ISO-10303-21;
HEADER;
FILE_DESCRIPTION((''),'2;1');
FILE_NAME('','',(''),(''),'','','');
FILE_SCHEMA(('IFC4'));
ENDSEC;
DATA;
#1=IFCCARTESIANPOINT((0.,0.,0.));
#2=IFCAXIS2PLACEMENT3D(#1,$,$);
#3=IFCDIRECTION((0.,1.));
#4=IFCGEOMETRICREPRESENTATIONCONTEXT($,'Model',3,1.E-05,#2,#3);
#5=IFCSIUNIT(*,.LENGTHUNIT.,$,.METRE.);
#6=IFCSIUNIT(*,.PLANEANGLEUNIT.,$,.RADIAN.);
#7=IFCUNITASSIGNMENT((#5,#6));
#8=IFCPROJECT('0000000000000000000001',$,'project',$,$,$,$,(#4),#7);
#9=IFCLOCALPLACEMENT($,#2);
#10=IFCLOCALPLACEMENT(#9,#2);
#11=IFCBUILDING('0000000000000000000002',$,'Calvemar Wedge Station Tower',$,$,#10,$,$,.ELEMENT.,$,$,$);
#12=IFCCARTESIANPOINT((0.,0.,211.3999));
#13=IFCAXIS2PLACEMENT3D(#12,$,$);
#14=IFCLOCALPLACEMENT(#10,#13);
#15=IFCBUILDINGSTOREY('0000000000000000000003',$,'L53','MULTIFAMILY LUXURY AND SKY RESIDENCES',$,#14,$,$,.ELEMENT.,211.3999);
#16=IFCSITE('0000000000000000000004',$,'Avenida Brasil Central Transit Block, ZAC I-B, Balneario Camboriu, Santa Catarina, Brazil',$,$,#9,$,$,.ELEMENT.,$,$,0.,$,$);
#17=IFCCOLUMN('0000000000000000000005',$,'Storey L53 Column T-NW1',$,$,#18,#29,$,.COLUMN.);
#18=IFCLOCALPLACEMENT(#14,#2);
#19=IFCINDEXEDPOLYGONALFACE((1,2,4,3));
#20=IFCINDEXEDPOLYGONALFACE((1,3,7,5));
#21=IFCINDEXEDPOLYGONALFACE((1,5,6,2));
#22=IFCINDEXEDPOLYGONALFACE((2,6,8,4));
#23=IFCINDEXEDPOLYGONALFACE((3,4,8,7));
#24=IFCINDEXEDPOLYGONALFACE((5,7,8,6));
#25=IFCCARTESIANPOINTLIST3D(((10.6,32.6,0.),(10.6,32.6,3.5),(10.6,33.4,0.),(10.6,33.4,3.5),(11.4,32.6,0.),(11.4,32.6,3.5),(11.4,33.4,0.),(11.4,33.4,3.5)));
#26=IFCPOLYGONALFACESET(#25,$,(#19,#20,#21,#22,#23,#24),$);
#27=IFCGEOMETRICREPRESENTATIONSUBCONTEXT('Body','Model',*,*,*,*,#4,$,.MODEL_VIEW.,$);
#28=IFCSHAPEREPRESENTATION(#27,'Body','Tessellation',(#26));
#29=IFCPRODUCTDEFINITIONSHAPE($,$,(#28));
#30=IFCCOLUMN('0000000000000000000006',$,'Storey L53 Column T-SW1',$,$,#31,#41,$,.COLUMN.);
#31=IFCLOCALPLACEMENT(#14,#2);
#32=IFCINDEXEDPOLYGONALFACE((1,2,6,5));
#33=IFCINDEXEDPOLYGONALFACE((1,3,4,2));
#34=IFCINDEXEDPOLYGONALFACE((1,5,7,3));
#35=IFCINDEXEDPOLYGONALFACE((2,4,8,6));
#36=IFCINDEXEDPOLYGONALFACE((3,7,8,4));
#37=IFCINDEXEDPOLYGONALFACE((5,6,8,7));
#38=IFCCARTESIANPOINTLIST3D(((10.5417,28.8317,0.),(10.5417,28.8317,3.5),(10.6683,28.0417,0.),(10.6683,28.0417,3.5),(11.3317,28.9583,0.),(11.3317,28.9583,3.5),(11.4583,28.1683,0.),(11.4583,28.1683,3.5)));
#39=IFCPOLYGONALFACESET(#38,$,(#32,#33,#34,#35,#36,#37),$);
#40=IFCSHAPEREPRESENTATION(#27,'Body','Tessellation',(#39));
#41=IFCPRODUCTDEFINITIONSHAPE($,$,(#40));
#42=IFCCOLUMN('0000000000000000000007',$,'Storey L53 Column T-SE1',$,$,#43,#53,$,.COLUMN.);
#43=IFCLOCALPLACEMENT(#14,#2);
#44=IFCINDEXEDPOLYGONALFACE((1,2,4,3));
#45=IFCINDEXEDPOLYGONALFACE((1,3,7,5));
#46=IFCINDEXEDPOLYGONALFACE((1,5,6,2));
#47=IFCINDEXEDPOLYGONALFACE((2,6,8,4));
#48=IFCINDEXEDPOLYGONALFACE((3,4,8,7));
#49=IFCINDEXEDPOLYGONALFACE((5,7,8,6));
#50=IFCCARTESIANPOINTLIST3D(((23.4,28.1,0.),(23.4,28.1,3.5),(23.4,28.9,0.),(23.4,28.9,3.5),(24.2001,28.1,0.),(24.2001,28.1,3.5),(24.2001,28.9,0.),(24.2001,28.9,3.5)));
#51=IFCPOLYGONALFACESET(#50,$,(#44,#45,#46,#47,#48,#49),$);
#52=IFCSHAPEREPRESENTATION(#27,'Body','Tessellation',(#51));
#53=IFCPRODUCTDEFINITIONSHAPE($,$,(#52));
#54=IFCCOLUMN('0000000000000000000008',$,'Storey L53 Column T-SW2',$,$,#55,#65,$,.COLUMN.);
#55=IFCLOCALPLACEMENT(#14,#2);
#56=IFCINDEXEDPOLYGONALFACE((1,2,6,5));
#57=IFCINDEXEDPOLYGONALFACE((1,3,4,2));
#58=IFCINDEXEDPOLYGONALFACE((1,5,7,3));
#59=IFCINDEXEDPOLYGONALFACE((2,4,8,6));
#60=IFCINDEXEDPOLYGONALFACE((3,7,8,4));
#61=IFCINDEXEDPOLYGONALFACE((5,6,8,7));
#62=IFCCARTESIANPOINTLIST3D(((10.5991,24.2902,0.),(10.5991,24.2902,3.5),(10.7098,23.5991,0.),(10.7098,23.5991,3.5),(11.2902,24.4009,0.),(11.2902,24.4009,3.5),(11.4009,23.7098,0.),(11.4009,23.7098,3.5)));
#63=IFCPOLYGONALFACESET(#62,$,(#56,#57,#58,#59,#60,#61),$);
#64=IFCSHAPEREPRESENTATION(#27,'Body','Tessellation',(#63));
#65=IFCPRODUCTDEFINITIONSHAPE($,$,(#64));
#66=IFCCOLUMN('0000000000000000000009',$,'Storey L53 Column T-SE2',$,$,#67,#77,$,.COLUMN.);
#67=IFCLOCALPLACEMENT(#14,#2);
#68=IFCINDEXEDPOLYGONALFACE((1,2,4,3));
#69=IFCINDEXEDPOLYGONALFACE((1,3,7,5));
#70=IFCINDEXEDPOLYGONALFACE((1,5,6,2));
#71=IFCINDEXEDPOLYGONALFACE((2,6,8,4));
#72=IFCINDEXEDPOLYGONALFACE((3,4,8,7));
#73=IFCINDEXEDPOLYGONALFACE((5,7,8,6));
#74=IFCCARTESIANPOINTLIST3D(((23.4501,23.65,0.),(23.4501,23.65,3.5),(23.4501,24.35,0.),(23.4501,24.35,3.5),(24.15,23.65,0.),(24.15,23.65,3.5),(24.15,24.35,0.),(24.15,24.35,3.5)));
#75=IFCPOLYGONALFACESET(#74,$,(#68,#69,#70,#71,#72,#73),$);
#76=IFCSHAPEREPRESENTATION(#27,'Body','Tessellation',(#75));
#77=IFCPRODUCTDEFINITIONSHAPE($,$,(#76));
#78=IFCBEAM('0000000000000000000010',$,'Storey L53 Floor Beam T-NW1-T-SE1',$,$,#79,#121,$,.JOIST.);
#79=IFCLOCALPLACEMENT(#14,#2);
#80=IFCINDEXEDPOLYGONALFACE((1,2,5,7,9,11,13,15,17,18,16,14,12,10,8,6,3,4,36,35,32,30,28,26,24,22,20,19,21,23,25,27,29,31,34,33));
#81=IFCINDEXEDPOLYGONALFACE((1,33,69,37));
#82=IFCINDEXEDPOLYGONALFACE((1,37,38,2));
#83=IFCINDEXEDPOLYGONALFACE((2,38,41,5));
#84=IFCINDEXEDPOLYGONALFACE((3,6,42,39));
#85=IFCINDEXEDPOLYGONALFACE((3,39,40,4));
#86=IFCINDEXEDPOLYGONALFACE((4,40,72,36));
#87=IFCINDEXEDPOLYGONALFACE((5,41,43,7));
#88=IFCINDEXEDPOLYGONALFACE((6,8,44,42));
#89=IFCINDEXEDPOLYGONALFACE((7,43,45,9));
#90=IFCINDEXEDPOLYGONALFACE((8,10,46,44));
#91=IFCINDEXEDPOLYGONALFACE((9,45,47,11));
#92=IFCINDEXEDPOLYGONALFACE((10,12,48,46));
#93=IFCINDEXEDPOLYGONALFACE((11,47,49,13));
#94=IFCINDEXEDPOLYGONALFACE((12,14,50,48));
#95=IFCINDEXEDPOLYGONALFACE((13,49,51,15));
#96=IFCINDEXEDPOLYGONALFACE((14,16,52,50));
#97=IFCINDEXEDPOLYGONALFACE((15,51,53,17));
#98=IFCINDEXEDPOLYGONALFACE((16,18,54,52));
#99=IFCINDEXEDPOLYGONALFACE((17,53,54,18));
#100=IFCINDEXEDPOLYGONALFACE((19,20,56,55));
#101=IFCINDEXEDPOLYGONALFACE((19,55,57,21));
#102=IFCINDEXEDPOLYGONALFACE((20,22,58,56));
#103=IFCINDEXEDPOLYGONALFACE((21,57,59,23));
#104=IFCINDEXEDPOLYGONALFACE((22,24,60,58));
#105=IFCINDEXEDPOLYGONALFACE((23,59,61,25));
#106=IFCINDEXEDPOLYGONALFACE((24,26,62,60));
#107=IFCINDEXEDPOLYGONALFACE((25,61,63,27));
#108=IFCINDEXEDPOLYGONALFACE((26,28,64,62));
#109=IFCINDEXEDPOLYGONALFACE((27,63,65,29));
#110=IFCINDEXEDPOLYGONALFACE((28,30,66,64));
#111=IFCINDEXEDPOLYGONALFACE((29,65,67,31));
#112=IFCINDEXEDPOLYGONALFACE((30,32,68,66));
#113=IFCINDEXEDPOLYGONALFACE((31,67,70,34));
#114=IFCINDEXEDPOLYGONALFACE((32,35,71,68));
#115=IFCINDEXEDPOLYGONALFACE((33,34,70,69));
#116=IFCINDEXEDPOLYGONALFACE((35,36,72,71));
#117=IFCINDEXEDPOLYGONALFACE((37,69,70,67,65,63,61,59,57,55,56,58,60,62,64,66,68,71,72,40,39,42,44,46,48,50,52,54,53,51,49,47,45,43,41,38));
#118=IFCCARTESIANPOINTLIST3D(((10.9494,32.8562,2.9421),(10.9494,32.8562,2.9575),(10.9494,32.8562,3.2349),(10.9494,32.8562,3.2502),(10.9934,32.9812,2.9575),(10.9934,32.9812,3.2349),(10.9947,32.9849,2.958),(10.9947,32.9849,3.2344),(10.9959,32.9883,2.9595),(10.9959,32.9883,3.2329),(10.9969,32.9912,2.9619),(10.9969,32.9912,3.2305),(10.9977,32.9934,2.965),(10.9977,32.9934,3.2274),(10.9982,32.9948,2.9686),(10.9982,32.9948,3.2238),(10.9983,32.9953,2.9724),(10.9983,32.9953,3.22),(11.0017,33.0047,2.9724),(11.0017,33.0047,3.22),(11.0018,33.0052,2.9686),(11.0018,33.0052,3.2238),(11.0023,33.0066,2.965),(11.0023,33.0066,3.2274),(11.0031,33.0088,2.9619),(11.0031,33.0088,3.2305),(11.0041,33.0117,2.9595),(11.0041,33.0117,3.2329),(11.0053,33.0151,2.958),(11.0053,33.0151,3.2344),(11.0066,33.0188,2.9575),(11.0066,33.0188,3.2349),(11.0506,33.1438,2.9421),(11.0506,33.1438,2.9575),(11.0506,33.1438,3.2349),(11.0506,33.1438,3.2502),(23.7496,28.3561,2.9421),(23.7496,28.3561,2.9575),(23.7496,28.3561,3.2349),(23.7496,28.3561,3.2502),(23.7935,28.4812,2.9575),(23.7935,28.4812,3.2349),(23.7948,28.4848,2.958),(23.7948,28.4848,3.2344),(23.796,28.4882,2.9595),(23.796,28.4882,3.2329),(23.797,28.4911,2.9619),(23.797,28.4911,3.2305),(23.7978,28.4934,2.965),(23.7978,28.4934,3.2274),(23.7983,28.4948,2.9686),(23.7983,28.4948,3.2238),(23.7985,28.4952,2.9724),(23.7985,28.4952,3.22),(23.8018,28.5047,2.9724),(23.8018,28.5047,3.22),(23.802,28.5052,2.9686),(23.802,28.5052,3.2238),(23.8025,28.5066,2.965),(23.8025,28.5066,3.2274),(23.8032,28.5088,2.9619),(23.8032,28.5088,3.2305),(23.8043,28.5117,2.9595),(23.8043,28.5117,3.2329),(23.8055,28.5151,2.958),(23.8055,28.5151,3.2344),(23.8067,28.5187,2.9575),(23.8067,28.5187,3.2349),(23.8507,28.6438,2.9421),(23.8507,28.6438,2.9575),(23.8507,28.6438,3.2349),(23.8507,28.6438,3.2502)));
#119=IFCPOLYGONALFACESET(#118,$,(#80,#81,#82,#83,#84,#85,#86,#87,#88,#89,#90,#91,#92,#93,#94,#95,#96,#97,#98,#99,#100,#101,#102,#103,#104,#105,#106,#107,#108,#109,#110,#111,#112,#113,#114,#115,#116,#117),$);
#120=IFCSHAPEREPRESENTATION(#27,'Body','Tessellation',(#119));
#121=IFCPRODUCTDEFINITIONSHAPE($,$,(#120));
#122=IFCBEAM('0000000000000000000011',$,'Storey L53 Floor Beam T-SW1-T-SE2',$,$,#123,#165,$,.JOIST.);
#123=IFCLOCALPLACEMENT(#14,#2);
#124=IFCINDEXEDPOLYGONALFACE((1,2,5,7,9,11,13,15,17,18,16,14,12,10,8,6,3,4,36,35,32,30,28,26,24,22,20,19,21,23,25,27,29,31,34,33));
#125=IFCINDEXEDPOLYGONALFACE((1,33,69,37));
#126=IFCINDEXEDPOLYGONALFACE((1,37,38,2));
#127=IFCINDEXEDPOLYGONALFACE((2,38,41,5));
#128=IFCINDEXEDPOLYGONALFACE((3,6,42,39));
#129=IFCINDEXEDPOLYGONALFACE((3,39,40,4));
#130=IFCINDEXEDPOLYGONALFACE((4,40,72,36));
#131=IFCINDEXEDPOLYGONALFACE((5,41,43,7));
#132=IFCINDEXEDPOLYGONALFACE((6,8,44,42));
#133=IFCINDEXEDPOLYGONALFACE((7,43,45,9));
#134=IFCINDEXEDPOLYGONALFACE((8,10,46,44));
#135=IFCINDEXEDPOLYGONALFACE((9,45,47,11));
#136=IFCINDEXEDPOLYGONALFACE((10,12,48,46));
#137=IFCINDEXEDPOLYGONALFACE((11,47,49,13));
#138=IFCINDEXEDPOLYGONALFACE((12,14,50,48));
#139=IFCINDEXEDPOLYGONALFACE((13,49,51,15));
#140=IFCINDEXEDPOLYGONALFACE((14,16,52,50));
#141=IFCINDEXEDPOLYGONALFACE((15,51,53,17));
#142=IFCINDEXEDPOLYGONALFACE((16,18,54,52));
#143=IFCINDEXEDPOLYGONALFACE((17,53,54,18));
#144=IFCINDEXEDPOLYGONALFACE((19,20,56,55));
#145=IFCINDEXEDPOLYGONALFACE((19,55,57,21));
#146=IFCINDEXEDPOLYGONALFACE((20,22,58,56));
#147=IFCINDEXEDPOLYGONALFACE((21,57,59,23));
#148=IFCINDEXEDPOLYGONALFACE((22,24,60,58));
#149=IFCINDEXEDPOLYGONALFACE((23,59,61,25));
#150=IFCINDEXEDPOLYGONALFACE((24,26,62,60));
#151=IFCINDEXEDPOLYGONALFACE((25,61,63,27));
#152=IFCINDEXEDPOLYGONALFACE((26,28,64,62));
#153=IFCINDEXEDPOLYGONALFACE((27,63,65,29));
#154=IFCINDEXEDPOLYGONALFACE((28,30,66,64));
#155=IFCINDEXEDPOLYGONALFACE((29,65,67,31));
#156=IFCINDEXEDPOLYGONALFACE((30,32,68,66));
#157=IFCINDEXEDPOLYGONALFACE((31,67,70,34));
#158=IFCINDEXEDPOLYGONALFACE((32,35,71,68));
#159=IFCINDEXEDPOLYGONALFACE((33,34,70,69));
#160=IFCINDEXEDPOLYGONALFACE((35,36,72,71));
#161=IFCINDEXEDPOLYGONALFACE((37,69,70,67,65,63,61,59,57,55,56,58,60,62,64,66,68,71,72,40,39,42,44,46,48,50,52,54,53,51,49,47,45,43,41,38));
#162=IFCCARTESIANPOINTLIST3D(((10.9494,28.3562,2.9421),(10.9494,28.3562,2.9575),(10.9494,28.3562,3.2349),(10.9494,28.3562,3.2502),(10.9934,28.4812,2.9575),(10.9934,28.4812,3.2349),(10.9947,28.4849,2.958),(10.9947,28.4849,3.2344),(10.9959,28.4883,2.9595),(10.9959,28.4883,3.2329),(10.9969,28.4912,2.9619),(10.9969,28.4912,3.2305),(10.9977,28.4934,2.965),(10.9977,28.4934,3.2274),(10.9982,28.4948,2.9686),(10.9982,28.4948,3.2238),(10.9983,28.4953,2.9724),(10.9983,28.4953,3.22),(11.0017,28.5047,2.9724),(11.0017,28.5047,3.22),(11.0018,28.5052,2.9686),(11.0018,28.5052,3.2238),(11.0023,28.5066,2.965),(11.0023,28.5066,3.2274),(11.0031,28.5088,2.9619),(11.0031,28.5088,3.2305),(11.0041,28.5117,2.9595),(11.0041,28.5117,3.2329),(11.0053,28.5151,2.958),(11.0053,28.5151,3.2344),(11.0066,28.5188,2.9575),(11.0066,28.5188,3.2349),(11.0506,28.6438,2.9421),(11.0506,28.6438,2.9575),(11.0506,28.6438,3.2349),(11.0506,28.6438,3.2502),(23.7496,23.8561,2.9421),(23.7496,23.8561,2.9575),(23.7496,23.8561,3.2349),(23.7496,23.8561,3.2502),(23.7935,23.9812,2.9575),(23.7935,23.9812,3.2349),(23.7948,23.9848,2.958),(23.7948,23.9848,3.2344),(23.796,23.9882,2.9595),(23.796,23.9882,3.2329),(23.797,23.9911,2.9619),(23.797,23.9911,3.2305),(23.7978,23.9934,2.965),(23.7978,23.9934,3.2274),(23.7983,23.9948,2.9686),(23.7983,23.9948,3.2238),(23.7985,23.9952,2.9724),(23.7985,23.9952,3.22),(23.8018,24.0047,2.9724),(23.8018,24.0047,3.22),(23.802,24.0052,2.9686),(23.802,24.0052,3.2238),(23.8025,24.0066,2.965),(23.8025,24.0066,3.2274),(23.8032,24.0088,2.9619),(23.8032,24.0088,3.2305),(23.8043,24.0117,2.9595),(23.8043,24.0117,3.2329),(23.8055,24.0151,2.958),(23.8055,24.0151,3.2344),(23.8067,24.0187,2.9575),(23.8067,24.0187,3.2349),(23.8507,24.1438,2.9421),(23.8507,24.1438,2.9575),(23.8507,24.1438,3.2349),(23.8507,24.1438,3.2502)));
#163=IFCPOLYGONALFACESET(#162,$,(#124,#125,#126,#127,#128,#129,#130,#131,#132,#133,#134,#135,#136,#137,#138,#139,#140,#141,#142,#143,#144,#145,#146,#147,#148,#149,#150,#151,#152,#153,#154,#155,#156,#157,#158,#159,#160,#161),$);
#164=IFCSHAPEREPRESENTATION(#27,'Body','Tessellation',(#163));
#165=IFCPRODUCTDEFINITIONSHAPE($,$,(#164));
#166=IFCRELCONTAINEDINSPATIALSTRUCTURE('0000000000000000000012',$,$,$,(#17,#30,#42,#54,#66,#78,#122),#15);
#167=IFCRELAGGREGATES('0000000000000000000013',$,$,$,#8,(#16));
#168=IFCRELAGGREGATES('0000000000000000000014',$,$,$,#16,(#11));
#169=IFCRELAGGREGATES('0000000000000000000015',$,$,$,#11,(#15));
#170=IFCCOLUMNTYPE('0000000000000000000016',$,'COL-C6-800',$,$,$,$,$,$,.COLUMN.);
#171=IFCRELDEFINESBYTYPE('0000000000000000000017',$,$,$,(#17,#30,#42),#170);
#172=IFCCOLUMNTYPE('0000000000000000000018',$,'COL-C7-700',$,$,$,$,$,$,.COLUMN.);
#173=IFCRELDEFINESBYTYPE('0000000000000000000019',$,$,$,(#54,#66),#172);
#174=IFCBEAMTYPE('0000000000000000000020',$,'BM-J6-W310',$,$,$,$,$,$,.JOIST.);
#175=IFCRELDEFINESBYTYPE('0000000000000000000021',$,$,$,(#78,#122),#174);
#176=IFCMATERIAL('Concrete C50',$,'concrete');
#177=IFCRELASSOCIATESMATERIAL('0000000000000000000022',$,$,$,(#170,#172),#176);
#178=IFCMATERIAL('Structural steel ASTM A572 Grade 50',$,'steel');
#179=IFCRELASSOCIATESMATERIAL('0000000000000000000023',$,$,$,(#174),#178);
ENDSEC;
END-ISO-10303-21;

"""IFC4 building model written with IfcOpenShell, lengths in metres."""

from ifc_helpers import new_model, si_unit, direction, frame, origin, origin_2d, place, context, subcontext, project, spatial, rectangle, i_section, extrude, source, transform, mapped, material, material_profile, profile_set, type_object, element, save


model = new_model("IFC4")

# Units and contexts
model_context = context("Model", 3, precision=1e-05, world=origin(), true_north=direction((0.0, 1.0)))
body_context = subcontext(model_context, "Body", "Model", "MODEL_VIEW")
ifc_project = project(units=[si_unit("LENGTHUNIT", "METRE"), si_unit("PLANEANGLEUNIT", "RADIAN")], contexts=[model_context])

# Site, building, storey
site_placement = place(None, origin())
site = spatial("IfcSite", under=ifc_project, at=site_placement, Name="Avenida Brasil Central Transit Block, ZAC I-B, Balneario Camboriu, Santa Catarina, Brazil", CompositionType="ELEMENT", RefElevation=0.0)
building_placement = place(site_placement, origin())
building = spatial("IfcBuilding", under=site, at=building_placement, Name="Calvemar Wedge Station Tower", CompositionType="ELEMENT")
storey_placement = place(building_placement, frame((0.0, 0.0, 211.3999)))
storey = spatial("IfcBuildingStorey", under=building, at=storey_placement, Name="L53", Description="MULTIFAMILY LUXURY AND SKY RESIDENCES", CompositionType="ELEMENT", Elevation=211.3999)

# Columns
ifc_material_1 = material(Name="Concrete C50", Category="concrete")
ifc_material_profile_1 = material_profile(ifc_material_1, rectangle(XDim=0.8, YDim=0.8, at=origin_2d()), Name="RC800x800")
ifc_profile_set_1 = profile_set([ifc_material_profile_1], Name="Concrete C50")
column_type_1 = type_object("IfcColumnType", Name="COL-C6-800", PredefinedType="COLUMN", material=ifc_profile_set_1)
shared_shape_1 = source(origin(), body_context, "Body", "SweptSolid", [
    extrude(rectangle(XDim=0.8, YDim=0.8, at=origin_2d()), origin(), (0.0, 0.0, 1.0), 3.5),
])
for number, where, z_axis, x_axis, name in (
    (1, (11.0, 33.0, 0.0), (0.0, 0.0, 1.0), (1.0, 0.0, 0.0), "Storey L53 Column T-NW1"),
    (2, (11.0, 28.5, 0.0), (0.0, 0.0, 1.0), (0.158158, -0.987414, 0.0), "Storey L53 Column T-SW1"),
    (3, (23.8, 28.5, 0.0), (0.0, 0.0, 1.0), (1.0, 0.0, 0.0), "Storey L53 Column T-SE1"),
):
    element("IfcColumn", number, at=place(storey_placement, frame(where, z_axis=z_axis, x_axis=x_axis)), inside=storey, type_object=column_type_1, Name=name, PredefinedType="COLUMN", context=body_context, shape_type="MappedRepresentation", body=[
        mapped(shared_shape_1, transform((0.0, 0.0, 0.0), scale=1.0)),
    ])
ifc_material_profile_2 = material_profile(ifc_material_1, rectangle(XDim=0.7, YDim=0.7, at=origin_2d()), Name="RC700x700")
ifc_profile_set_2 = profile_set([ifc_material_profile_2], Name="Concrete C50")
column_type_2 = type_object("IfcColumnType", Name="COL-C7-700", PredefinedType="COLUMN", material=ifc_profile_set_2)
shared_shape_2 = source(origin(), body_context, "Body", "SweptSolid", [
    extrude(rectangle(XDim=0.7, YDim=0.7, at=origin_2d()), origin(), (0.0, 0.0, 1.0), 3.5),
])
for number, where, z_axis, x_axis, name in (
    (4, (11.0, 24.0, 0.0), (0.0, 0.0, 1.0), (0.158158, -0.987414, 0.0), "Storey L53 Column T-SW2"),
    (5, (23.8, 24.0, 0.0), (0.0, 0.0, 1.0), (1.0, 0.0, 0.0), "Storey L53 Column T-SE2"),
):
    element("IfcColumn", number, at=place(storey_placement, frame(where, z_axis=z_axis, x_axis=x_axis)), inside=storey, type_object=column_type_2, Name=name, PredefinedType="COLUMN", context=body_context, shape_type="MappedRepresentation", body=[
        mapped(shared_shape_2, transform((0.0, 0.0, 0.0), scale=1.0)),
    ])

# Beams
ifc_material_2 = material(Name="Structural steel ASTM A572 Grade 50", Category="steel")
ifc_material_profile_3 = material_profile(ifc_material_2, i_section(OverallWidth=0.3049, OverallDepth=0.3081, WebThickness=0.01, FlangeThickness=0.0154, FilletRadius=0.0149, at=origin_2d()), Name="W310x97")
ifc_profile_set_3 = profile_set([ifc_material_profile_3], Name="Structural steel ASTM A572 Grade 50")
beam_type_1 = type_object("IfcBeamType", Name="BM-J6-W310", PredefinedType="JOIST", material=ifc_profile_set_3)
shared_shape_3 = source(origin(), body_context, "Body", "SweptSolid", [
    extrude(i_section(OverallWidth=0.3049, OverallDepth=0.3081, WebThickness=0.01, FlangeThickness=0.0154, FilletRadius=0.0149, at=origin_2d()), origin(), (0.0, 0.0, 1.0), 13.5681),
])
for number, where, z_axis, x_axis, name in (
    (6, (11.0, 33.0, 3.0962), (0.943398, -0.331662, 0.0), (0.331662, 0.943398, 0.0), "Storey L53 Floor Beam T-NW1-T-SE1"),
    (7, (11.0, 28.5, 3.0962), (0.943398, -0.331662, 0.0), (0.331662, 0.943398, 0.0), "Storey L53 Floor Beam T-SW1-T-SE2"),
):
    element("IfcBeam", number, at=place(storey_placement, frame(where, z_axis=z_axis, x_axis=x_axis)), inside=storey, type_object=beam_type_1, Name=name, PredefinedType="JOIST", context=body_context, shape_type="MappedRepresentation", body=[
        mapped(shared_shape_3, transform((0.0, 0.0, 0.0), scale=1.0)),
    ])

save(model, "model.ifc")
